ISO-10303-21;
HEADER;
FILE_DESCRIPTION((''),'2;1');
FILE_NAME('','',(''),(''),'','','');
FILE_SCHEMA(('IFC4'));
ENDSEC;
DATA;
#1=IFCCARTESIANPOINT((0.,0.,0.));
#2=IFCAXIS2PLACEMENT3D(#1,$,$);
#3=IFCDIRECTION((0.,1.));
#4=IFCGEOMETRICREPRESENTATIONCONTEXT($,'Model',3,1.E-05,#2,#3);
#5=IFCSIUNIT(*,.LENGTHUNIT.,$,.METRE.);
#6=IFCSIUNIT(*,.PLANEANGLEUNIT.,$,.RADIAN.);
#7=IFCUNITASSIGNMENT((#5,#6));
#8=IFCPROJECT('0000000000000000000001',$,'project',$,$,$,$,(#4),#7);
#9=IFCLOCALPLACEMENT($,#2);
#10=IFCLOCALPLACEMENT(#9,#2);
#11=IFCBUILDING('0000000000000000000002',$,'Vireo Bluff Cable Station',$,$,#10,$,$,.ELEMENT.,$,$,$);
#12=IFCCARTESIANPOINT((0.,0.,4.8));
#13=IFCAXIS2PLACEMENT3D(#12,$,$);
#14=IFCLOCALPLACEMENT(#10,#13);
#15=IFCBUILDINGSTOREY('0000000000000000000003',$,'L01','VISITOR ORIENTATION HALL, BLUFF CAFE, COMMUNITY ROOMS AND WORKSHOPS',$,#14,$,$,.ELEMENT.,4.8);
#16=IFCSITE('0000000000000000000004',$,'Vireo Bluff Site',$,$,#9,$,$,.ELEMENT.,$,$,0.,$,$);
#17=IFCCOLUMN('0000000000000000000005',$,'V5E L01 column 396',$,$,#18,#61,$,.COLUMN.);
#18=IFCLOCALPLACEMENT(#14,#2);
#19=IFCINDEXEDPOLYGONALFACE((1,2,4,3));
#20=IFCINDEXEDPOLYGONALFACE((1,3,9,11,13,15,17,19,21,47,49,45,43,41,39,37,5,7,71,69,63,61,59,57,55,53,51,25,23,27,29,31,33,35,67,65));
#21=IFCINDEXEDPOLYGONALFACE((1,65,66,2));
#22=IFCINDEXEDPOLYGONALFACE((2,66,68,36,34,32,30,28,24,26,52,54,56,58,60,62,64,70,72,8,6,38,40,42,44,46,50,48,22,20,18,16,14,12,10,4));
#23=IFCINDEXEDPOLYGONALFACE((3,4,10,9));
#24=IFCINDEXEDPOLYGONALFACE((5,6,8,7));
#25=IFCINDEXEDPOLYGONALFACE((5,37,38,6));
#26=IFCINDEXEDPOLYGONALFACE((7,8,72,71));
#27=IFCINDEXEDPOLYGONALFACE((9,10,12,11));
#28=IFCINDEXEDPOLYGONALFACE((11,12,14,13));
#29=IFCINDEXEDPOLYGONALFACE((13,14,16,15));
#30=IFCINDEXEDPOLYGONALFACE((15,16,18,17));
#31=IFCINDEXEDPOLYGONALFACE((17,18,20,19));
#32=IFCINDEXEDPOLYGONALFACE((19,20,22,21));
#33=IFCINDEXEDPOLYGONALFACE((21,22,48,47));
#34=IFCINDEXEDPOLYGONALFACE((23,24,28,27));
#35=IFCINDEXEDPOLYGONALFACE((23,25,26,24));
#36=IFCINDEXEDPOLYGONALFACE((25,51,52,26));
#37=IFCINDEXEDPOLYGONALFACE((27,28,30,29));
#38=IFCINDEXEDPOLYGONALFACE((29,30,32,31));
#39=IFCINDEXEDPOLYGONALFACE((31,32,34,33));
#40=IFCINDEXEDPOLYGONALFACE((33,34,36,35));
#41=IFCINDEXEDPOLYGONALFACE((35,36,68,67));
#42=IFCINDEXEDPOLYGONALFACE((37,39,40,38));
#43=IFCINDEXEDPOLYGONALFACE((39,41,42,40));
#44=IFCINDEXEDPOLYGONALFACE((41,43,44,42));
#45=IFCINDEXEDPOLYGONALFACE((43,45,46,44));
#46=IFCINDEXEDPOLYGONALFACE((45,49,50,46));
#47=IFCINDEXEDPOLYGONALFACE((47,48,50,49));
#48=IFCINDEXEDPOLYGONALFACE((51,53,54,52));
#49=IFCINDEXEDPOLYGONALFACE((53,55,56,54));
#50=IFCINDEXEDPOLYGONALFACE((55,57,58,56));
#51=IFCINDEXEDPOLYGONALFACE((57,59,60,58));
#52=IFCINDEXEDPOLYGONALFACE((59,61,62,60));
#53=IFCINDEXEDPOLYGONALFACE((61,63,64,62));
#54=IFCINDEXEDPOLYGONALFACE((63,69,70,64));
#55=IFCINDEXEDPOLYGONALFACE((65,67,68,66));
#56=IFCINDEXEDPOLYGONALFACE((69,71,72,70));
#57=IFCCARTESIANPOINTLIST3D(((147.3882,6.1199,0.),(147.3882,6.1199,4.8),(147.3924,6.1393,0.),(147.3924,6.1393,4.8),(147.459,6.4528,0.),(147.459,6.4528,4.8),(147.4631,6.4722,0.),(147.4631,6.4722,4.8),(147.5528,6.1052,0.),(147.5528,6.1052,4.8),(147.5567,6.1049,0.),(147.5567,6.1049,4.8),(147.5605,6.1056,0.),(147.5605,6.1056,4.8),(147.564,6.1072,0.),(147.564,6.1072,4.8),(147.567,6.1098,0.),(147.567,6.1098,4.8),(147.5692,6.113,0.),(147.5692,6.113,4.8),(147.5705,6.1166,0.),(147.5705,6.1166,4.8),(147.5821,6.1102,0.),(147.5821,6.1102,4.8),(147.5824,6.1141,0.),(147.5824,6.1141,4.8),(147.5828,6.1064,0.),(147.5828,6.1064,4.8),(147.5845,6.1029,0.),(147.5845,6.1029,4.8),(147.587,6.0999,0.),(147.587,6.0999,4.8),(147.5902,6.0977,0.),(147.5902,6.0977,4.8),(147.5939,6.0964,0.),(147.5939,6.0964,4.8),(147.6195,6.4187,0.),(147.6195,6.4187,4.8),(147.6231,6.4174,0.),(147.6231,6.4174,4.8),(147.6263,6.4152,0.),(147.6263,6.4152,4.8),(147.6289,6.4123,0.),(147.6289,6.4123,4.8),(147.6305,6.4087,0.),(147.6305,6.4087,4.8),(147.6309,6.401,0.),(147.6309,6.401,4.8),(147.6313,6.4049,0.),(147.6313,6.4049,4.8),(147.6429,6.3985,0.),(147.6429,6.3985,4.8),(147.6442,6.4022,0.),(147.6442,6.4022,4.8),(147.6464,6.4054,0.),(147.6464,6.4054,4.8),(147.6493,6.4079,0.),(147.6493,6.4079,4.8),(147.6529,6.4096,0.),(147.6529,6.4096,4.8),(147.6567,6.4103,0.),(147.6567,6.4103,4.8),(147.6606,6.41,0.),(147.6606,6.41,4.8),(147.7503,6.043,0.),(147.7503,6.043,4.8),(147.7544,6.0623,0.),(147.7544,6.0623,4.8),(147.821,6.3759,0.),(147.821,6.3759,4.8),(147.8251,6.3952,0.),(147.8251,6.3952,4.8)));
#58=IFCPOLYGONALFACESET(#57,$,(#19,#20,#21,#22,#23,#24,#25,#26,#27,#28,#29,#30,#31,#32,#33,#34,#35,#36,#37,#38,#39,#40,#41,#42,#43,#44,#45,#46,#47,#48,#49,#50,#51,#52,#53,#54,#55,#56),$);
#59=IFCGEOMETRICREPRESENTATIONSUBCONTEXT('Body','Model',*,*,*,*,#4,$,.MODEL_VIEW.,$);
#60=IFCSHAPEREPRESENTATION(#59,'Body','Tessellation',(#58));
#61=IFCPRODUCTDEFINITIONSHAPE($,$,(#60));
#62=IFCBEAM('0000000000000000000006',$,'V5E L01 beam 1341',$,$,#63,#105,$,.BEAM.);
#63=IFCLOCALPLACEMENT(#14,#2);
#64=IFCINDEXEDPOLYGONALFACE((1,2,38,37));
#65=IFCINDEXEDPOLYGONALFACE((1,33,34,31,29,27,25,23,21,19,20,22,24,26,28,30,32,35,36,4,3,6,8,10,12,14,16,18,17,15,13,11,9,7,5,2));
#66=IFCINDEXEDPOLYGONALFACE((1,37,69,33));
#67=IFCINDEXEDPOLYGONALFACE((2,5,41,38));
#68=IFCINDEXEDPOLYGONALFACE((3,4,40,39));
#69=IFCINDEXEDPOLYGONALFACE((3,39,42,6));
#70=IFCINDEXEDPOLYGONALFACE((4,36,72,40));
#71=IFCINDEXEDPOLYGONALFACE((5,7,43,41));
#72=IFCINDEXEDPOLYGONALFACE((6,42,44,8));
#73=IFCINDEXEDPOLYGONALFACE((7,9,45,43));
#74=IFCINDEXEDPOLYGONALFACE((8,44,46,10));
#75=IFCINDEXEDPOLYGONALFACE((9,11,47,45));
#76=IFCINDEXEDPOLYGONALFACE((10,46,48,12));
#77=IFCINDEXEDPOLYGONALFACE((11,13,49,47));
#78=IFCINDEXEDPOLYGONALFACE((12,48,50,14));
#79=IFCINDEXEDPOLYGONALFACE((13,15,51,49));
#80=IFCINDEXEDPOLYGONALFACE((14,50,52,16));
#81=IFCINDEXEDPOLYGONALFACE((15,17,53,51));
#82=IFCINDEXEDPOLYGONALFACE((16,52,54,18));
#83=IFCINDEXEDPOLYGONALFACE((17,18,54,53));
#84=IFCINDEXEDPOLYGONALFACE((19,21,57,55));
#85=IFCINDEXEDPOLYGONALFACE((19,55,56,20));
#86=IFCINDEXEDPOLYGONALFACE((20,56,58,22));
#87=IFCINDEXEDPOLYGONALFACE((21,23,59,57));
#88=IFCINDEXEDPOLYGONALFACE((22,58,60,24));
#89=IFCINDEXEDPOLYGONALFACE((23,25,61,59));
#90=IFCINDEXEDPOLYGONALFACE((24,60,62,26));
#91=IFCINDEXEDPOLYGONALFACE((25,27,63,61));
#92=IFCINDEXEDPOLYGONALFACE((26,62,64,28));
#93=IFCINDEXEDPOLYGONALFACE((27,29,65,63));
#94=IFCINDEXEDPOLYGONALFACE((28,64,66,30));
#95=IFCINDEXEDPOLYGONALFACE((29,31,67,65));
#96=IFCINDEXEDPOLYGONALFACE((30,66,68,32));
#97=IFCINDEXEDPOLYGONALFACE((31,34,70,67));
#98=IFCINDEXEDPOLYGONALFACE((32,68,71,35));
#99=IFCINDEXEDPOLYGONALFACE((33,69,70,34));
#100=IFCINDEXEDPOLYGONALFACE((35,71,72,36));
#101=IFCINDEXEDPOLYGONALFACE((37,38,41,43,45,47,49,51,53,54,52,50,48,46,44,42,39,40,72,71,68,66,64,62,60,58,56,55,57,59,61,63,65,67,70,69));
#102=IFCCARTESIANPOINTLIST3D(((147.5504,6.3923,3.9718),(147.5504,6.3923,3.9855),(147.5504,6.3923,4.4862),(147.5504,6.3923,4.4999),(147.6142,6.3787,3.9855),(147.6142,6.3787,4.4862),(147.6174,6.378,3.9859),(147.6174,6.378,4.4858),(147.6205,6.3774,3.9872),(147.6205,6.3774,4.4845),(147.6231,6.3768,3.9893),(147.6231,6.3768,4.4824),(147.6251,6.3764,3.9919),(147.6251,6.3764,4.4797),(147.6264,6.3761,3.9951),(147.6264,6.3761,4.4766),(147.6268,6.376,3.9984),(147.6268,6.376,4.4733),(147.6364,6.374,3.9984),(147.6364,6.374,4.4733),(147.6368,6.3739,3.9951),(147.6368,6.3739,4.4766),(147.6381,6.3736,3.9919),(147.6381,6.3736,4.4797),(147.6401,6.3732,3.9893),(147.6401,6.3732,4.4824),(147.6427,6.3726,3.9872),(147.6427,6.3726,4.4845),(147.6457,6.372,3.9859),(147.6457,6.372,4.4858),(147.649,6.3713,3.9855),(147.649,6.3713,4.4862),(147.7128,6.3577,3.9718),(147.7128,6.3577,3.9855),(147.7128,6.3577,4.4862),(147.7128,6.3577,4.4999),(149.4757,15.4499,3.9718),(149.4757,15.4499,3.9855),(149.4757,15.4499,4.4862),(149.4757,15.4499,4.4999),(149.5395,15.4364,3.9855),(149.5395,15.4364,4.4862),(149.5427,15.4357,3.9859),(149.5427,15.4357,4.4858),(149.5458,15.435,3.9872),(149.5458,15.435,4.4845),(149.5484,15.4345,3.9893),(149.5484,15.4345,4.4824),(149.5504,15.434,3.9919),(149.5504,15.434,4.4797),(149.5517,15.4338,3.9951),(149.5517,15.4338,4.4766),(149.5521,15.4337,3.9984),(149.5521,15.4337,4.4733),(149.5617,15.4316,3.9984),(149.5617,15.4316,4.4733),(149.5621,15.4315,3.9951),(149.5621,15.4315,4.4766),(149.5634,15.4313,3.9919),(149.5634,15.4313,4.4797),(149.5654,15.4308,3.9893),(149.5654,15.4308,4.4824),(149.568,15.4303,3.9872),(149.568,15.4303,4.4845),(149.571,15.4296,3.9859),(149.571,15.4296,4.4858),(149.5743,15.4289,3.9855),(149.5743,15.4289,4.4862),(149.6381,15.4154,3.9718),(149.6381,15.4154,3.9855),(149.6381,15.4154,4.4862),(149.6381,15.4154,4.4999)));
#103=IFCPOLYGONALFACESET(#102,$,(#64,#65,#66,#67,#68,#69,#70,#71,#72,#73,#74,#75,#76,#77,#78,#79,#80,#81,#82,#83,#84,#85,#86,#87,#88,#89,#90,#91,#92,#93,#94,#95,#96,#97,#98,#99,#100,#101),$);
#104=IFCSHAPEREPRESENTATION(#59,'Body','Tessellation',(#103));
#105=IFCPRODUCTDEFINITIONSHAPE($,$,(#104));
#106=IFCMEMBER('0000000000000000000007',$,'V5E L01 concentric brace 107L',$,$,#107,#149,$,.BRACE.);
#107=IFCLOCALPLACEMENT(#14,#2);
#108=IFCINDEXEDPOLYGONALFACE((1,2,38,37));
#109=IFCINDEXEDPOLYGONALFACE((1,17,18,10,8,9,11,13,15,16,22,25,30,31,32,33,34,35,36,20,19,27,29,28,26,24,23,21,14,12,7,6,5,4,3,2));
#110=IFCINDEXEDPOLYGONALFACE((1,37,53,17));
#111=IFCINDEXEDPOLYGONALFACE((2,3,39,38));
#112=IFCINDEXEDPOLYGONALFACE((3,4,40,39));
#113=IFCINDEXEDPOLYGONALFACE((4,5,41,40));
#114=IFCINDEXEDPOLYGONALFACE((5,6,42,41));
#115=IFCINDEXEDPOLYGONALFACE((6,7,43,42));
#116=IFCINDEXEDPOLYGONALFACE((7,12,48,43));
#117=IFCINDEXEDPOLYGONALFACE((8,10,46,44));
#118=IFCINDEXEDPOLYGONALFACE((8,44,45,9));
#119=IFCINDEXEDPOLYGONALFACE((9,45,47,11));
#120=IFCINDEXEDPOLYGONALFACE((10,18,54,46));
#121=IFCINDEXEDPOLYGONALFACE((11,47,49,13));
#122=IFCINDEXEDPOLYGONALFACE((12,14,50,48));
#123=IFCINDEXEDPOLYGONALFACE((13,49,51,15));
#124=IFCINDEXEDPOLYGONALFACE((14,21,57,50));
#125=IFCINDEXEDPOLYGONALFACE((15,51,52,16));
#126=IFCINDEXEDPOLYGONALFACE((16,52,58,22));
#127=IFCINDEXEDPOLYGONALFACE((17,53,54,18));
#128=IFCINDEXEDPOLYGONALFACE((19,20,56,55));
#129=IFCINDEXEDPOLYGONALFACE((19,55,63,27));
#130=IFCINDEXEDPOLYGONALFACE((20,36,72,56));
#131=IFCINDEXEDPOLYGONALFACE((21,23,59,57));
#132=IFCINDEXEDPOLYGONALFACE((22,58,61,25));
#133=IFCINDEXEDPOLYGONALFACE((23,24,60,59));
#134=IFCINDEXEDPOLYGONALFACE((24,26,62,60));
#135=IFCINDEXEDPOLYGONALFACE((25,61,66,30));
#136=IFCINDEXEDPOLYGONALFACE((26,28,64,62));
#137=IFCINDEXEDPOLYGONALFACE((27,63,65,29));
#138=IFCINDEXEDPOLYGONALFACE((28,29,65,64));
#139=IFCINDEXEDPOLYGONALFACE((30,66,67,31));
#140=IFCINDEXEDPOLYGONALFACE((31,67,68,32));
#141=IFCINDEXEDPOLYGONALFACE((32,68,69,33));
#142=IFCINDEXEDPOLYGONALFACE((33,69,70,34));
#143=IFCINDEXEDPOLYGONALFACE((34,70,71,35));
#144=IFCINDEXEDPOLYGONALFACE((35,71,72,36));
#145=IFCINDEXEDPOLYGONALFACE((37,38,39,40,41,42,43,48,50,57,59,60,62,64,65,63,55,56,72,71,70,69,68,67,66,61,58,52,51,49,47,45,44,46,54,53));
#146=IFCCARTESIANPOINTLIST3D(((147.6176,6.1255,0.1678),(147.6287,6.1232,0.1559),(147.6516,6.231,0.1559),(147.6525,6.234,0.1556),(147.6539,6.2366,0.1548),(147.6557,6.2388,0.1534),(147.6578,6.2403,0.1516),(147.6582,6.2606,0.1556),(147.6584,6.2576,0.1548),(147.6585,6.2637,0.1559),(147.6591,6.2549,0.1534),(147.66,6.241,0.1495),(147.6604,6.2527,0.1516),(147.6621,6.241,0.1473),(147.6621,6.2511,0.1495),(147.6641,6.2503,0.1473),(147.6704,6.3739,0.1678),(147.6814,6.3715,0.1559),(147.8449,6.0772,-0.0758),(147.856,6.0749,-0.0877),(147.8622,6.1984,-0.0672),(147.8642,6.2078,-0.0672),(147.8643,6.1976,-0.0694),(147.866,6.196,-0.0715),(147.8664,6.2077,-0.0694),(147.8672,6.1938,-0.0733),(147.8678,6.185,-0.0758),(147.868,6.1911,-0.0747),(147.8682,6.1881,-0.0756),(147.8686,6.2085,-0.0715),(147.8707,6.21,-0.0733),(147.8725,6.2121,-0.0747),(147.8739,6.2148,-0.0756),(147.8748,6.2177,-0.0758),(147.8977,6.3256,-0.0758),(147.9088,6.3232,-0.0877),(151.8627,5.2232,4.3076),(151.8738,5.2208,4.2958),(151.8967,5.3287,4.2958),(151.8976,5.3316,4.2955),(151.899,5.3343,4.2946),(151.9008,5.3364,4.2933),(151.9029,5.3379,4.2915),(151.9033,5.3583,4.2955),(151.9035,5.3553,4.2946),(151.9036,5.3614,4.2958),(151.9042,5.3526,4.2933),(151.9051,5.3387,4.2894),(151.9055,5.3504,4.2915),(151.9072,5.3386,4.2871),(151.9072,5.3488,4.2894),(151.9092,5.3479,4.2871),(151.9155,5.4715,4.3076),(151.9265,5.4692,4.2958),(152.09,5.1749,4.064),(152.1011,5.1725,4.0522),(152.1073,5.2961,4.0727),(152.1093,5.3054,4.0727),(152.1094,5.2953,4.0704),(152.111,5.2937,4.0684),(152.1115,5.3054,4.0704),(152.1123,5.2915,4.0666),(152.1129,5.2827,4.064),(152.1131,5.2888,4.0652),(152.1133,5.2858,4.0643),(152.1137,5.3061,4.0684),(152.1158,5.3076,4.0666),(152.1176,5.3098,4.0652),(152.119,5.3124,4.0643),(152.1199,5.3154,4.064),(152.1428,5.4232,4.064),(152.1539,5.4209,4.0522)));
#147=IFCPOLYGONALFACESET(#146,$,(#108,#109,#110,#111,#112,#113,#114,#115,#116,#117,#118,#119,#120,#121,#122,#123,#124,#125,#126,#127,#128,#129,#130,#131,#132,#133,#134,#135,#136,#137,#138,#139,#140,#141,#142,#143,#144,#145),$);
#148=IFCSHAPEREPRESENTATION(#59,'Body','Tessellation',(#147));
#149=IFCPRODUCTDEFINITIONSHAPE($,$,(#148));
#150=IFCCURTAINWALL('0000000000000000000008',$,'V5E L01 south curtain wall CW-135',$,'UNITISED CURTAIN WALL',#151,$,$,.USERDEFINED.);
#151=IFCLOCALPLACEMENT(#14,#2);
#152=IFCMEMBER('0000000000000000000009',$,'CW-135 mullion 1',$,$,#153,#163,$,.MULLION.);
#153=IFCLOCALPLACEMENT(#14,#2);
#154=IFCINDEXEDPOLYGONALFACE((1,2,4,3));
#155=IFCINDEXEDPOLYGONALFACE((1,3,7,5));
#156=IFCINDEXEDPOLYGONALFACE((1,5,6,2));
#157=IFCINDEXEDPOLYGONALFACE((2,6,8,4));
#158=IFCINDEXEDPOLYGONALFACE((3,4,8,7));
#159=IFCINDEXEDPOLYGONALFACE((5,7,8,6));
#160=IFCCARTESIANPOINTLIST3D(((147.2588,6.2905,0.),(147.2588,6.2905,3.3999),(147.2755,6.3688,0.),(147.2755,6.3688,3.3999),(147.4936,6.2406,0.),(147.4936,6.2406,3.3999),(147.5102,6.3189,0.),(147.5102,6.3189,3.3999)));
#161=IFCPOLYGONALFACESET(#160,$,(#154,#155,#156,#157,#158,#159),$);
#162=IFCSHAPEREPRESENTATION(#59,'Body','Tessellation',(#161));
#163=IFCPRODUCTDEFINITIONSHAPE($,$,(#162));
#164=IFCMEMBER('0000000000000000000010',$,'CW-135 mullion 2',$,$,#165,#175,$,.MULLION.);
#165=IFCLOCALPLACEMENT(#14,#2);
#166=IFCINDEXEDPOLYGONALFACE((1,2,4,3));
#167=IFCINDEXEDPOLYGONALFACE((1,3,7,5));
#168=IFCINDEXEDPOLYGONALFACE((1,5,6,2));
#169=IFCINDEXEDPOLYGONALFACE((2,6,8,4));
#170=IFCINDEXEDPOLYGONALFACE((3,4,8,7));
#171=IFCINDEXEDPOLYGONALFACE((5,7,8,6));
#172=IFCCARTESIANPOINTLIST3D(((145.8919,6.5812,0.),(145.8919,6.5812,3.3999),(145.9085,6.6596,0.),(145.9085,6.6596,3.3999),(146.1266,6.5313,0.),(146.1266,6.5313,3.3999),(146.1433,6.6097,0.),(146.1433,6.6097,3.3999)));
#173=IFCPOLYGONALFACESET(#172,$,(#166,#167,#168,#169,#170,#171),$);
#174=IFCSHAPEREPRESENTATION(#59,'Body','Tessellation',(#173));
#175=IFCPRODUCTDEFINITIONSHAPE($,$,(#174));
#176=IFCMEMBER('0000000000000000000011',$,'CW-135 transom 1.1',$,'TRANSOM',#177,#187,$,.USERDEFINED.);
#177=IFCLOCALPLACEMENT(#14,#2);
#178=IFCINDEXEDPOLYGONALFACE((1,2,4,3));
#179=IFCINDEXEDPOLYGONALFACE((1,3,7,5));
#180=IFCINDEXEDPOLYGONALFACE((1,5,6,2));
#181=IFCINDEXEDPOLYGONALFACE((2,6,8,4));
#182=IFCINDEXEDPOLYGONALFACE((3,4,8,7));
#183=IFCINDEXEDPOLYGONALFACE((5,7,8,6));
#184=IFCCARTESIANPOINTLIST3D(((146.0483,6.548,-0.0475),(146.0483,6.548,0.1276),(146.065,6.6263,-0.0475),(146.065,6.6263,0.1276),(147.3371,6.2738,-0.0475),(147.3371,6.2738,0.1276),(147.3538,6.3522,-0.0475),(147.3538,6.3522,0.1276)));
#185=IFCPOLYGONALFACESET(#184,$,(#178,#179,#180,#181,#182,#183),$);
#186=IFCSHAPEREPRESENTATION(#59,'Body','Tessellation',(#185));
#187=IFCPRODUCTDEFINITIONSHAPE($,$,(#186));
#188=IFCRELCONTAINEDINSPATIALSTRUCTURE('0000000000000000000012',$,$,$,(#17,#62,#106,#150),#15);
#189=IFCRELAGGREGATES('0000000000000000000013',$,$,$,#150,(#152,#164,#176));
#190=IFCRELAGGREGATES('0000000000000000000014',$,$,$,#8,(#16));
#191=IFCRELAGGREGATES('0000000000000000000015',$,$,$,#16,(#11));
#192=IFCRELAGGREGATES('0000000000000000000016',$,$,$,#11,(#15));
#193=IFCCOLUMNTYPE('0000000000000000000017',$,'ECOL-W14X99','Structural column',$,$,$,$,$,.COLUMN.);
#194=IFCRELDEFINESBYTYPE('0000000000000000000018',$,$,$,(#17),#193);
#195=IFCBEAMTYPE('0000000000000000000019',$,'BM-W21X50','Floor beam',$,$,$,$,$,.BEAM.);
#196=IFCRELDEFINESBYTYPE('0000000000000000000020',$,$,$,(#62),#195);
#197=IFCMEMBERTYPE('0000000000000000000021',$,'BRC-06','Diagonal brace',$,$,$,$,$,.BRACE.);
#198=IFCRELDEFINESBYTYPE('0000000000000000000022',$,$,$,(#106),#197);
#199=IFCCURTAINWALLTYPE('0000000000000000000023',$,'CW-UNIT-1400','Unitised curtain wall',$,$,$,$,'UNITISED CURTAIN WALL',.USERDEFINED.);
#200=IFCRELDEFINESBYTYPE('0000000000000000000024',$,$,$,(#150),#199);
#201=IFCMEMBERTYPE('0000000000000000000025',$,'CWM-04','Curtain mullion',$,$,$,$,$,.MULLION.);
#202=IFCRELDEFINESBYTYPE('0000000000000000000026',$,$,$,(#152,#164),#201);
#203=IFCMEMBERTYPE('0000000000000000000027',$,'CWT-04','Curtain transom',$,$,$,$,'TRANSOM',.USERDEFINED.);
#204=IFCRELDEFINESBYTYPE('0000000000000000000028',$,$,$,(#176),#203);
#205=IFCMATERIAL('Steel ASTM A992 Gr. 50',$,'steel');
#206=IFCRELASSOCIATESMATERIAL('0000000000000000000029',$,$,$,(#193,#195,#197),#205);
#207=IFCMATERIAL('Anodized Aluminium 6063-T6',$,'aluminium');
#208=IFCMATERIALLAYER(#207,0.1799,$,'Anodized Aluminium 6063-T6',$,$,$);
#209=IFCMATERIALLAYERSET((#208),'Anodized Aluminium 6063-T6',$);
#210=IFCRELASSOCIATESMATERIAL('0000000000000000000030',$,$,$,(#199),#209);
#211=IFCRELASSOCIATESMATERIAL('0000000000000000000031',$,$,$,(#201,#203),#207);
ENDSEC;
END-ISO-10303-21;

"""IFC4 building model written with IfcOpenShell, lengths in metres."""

from ifc_helpers import new_model, si_unit, direction, frame, origin, origin_2d, place, context, subcontext, project, spatial, rectangle, i_section, extrude, material, layer, layer_set, material_profile, profile_set, type_object, element, aggregate, save


model = new_model("IFC4")

# Units and contexts
model_context = context("Model", 3, precision=1e-05, world=origin(), true_north=direction((0.0, 1.0)))
body_context = subcontext(model_context, "Body", "Model", "MODEL_VIEW")
ifc_project = project(units=[si_unit("LENGTHUNIT", "METRE"), si_unit("PLANEANGLEUNIT", "RADIAN")], contexts=[model_context])

# Site, building, storey
site_placement = place(None, origin())
site = spatial("IfcSite", under=ifc_project, at=site_placement, Name="Vireo Bluff Site", CompositionType="ELEMENT", RefElevation=0.0)
building_placement = place(site_placement, origin())
building = spatial("IfcBuilding", under=site, at=building_placement, Name="Vireo Bluff Cable Station", CompositionType="ELEMENT")
storey_placement = place(building_placement, frame((0.0, 0.0, 4.8)))
storey = spatial("IfcBuildingStorey", under=building, at=storey_placement, Name="L01", Description="VISITOR ORIENTATION HALL, BLUFF CAFE, COMMUNITY ROOMS AND WORKSHOPS", CompositionType="ELEMENT", Elevation=4.8)

# Column
ifc_material_1 = material(Name="Steel ASTM A992 Gr. 50", Category="steel")
ifc_material_profile_1 = material_profile(ifc_material_1, i_section(OverallWidth=0.3701, OverallDepth=0.3601, WebThickness=0.0122, FlangeThickness=0.0198, FilletRadius=0.0149, at=origin_2d()), Name="W14X99")
ifc_profile_set_1 = profile_set([ifc_material_profile_1], Name="Steel ASTM A992 Gr. 50")
column_type = type_object("IfcColumnType", Name="ECOL-W14X99", Description="Structural column", PredefinedType="COLUMN", material=ifc_profile_set_1)
column_placement = place(storey_placement, frame((147.6067, 6.2576, 0.0), z_axis=(0.0, 0.0, 1.0), x_axis=(0.978148, -0.207912, 0.0)))
element("IfcColumn", 1, at=column_placement, inside=storey, type_object=column_type, Name="V5E L01 column 396", PredefinedType="COLUMN", context=body_context, shape_type="SweptSolid", body=[
    extrude(i_section(OverallWidth=0.3701, OverallDepth=0.3601, WebThickness=0.0122, FlangeThickness=0.0198, FilletRadius=0.0149, at=origin_2d()), origin(), (0.0, 0.0, 1.0), 4.8),
])

# Beam
ifc_material_profile_2 = material_profile(ifc_material_1, i_section(OverallWidth=0.166, OverallDepth=0.5281, WebThickness=0.0098, FlangeThickness=0.0137, FilletRadius=0.0129, at=origin_2d()), Name="W21X50")
ifc_profile_set_2 = profile_set([ifc_material_profile_2], Name="Steel ASTM A992 Gr. 50")
beam_type_1 = type_object("IfcBeamType", Name="BM-W21X50", Description="Floor beam", PredefinedType="BEAM", material=ifc_profile_set_2)
beam_1_placement = place(storey_placement, frame((147.6316, 6.375, 4.2358), z_axis=(0.207916, 0.978147, 0.0), x_axis=(-0.978147, 0.207916, 0.0)))
element("IfcBeam", 2, at=beam_1_placement, inside=storey, type_object=beam_type_1, Name="V5E L01 beam 1341", PredefinedType="BEAM", context=body_context, shape_type="SweptSolid", body=[
    extrude(i_section(OverallWidth=0.166, OverallDepth=0.5281, WebThickness=0.0098, FlangeThickness=0.0137, FilletRadius=0.0129, at=origin_2d()), origin(), (0.0, 0.0, 1.0), 9.26),
])

# Member
ifc_material_profile_3 = material_profile(ifc_material_1, i_section(OverallWidth=0.2539, OverallDepth=0.353, WebThickness=0.0095, FlangeThickness=0.0164, FilletRadius=0.012, at=origin_2d()), Name="W14X61")
ifc_profile_set_3 = profile_set([ifc_material_profile_3], Name="Steel ASTM A992 Gr. 50")
member_type_1 = type_object("IfcMemberType", Name="BRC-06", Description="Diagonal brace", PredefinedType="BRACE", material=ifc_profile_set_3)
member_1_placement = place(storey_placement, frame((147.7632, 6.2244, 0.04), z_axis=(0.707776, -0.150445, 0.690232), x_axis=(0.207915, 0.978147, 0.0)))
element("IfcMember", 3, at=member_1_placement, inside=storey, type_object=member_type_1, Name="V5E L01 concentric brace 107L", PredefinedType="BRACE", context=body_context, shape_type="SweptSolid", body=[
    extrude(i_section(OverallWidth=0.2539, OverallDepth=0.353, WebThickness=0.0095, FlangeThickness=0.0164, FilletRadius=0.012, at=origin_2d()), origin(), (0.0, 0.0, 1.0), 5.9978),
])

# Curtain wall, members
ifc_material_2 = material(Name="Anodized Aluminium 6063-T6", Category="aluminium")
ifc_layer_1 = layer(ifc_material_2, 0.1799, Name="Anodized Aluminium 6063-T6")
ifc_layer_set_1 = layer_set([ifc_layer_1], Name="Anodized Aluminium 6063-T6")
curtain_wall_type = type_object("IfcCurtainWallType", Name="CW-UNIT-1400", Description="Unitised curtain wall", ElementType="UNITISED CURTAIN WALL", PredefinedType="USERDEFINED", material=ifc_layer_set_1)
curtain_wall_placement = place(storey_placement, origin())
curtain_wall = element("IfcCurtainWall", 4, at=curtain_wall_placement, inside=storey, type_object=curtain_wall_type, Name="V5E L01 south curtain wall CW-135", ObjectType="UNITISED CURTAIN WALL", PredefinedType="USERDEFINED")
ifc_material_profile_4 = material_profile(ifc_material_2, rectangle(XDim=0.0801, YDim=0.24, at=origin_2d()), Name="ALU-M-80X240")
ifc_profile_set_4 = profile_set([ifc_material_profile_4], Name="Anodized Aluminium 6063-T6")
member_type_2 = type_object("IfcMemberType", Name="CWM-04", Description="Curtain mullion", PredefinedType="MULLION", material=ifc_profile_set_4)
member_2_placement = place(storey_placement, frame((147.3845, 6.3047, 0.0), z_axis=(0.0, 0.0, 1.0), x_axis=(-0.207912, -0.978148, 0.0)))
member_2 = element("IfcMember", 5, at=member_2_placement, type_object=member_type_2, Name="CW-135 mullion 1", PredefinedType="MULLION", context=body_context, shape_type="SweptSolid", body=[
    extrude(rectangle(XDim=0.0801, YDim=0.24, at=origin_2d()), origin(), (0.0, 0.0, 1.0), 3.3999),
])
member_3_placement = place(storey_placement, frame((146.0176, 6.5955, 0.0), z_axis=(0.0, 0.0, 1.0), x_axis=(-0.207912, -0.978148, 0.0)))
member_3 = element("IfcMember", 6, at=member_3_placement, type_object=member_type_2, Name="CW-135 mullion 2", PredefinedType="MULLION", context=body_context, shape_type="SweptSolid", body=[
    extrude(rectangle(XDim=0.0801, YDim=0.24, at=origin_2d()), origin(), (0.0, 0.0, 1.0), 3.3999),
])
ifc_material_profile_5 = material_profile(ifc_material_2, rectangle(XDim=0.0801, YDim=0.175, at=origin_2d()), Name="ALU-T-80X175")
ifc_profile_set_5 = profile_set([ifc_material_profile_5], Name="Anodized Aluminium 6063-T6")
member_type_3 = type_object("IfcMemberType", Name="CWT-04", Description="Curtain transom", ElementType="TRANSOM", PredefinedType="USERDEFINED", material=ifc_profile_set_5)
member_4_placement = place(storey_placement, frame((147.3455, 6.313, 0.04), z_axis=(-0.978113, 0.208074, 0.0), x_axis=(-0.208074, -0.978113, 0.0)))
member_4 = element("IfcMember", 7, at=member_4_placement, type_object=member_type_3, Name="CW-135 transom 1.1", ObjectType="TRANSOM", PredefinedType="USERDEFINED", context=body_context, shape_type="SweptSolid", body=[
    extrude(rectangle(XDim=0.0801, YDim=0.175, at=origin_2d()), origin(), (0.0, 0.0, 1.0), 1.3176),
])

aggregate(curtain_wall, [member_2, member_3, member_4])

save(model, "model.ifc")
